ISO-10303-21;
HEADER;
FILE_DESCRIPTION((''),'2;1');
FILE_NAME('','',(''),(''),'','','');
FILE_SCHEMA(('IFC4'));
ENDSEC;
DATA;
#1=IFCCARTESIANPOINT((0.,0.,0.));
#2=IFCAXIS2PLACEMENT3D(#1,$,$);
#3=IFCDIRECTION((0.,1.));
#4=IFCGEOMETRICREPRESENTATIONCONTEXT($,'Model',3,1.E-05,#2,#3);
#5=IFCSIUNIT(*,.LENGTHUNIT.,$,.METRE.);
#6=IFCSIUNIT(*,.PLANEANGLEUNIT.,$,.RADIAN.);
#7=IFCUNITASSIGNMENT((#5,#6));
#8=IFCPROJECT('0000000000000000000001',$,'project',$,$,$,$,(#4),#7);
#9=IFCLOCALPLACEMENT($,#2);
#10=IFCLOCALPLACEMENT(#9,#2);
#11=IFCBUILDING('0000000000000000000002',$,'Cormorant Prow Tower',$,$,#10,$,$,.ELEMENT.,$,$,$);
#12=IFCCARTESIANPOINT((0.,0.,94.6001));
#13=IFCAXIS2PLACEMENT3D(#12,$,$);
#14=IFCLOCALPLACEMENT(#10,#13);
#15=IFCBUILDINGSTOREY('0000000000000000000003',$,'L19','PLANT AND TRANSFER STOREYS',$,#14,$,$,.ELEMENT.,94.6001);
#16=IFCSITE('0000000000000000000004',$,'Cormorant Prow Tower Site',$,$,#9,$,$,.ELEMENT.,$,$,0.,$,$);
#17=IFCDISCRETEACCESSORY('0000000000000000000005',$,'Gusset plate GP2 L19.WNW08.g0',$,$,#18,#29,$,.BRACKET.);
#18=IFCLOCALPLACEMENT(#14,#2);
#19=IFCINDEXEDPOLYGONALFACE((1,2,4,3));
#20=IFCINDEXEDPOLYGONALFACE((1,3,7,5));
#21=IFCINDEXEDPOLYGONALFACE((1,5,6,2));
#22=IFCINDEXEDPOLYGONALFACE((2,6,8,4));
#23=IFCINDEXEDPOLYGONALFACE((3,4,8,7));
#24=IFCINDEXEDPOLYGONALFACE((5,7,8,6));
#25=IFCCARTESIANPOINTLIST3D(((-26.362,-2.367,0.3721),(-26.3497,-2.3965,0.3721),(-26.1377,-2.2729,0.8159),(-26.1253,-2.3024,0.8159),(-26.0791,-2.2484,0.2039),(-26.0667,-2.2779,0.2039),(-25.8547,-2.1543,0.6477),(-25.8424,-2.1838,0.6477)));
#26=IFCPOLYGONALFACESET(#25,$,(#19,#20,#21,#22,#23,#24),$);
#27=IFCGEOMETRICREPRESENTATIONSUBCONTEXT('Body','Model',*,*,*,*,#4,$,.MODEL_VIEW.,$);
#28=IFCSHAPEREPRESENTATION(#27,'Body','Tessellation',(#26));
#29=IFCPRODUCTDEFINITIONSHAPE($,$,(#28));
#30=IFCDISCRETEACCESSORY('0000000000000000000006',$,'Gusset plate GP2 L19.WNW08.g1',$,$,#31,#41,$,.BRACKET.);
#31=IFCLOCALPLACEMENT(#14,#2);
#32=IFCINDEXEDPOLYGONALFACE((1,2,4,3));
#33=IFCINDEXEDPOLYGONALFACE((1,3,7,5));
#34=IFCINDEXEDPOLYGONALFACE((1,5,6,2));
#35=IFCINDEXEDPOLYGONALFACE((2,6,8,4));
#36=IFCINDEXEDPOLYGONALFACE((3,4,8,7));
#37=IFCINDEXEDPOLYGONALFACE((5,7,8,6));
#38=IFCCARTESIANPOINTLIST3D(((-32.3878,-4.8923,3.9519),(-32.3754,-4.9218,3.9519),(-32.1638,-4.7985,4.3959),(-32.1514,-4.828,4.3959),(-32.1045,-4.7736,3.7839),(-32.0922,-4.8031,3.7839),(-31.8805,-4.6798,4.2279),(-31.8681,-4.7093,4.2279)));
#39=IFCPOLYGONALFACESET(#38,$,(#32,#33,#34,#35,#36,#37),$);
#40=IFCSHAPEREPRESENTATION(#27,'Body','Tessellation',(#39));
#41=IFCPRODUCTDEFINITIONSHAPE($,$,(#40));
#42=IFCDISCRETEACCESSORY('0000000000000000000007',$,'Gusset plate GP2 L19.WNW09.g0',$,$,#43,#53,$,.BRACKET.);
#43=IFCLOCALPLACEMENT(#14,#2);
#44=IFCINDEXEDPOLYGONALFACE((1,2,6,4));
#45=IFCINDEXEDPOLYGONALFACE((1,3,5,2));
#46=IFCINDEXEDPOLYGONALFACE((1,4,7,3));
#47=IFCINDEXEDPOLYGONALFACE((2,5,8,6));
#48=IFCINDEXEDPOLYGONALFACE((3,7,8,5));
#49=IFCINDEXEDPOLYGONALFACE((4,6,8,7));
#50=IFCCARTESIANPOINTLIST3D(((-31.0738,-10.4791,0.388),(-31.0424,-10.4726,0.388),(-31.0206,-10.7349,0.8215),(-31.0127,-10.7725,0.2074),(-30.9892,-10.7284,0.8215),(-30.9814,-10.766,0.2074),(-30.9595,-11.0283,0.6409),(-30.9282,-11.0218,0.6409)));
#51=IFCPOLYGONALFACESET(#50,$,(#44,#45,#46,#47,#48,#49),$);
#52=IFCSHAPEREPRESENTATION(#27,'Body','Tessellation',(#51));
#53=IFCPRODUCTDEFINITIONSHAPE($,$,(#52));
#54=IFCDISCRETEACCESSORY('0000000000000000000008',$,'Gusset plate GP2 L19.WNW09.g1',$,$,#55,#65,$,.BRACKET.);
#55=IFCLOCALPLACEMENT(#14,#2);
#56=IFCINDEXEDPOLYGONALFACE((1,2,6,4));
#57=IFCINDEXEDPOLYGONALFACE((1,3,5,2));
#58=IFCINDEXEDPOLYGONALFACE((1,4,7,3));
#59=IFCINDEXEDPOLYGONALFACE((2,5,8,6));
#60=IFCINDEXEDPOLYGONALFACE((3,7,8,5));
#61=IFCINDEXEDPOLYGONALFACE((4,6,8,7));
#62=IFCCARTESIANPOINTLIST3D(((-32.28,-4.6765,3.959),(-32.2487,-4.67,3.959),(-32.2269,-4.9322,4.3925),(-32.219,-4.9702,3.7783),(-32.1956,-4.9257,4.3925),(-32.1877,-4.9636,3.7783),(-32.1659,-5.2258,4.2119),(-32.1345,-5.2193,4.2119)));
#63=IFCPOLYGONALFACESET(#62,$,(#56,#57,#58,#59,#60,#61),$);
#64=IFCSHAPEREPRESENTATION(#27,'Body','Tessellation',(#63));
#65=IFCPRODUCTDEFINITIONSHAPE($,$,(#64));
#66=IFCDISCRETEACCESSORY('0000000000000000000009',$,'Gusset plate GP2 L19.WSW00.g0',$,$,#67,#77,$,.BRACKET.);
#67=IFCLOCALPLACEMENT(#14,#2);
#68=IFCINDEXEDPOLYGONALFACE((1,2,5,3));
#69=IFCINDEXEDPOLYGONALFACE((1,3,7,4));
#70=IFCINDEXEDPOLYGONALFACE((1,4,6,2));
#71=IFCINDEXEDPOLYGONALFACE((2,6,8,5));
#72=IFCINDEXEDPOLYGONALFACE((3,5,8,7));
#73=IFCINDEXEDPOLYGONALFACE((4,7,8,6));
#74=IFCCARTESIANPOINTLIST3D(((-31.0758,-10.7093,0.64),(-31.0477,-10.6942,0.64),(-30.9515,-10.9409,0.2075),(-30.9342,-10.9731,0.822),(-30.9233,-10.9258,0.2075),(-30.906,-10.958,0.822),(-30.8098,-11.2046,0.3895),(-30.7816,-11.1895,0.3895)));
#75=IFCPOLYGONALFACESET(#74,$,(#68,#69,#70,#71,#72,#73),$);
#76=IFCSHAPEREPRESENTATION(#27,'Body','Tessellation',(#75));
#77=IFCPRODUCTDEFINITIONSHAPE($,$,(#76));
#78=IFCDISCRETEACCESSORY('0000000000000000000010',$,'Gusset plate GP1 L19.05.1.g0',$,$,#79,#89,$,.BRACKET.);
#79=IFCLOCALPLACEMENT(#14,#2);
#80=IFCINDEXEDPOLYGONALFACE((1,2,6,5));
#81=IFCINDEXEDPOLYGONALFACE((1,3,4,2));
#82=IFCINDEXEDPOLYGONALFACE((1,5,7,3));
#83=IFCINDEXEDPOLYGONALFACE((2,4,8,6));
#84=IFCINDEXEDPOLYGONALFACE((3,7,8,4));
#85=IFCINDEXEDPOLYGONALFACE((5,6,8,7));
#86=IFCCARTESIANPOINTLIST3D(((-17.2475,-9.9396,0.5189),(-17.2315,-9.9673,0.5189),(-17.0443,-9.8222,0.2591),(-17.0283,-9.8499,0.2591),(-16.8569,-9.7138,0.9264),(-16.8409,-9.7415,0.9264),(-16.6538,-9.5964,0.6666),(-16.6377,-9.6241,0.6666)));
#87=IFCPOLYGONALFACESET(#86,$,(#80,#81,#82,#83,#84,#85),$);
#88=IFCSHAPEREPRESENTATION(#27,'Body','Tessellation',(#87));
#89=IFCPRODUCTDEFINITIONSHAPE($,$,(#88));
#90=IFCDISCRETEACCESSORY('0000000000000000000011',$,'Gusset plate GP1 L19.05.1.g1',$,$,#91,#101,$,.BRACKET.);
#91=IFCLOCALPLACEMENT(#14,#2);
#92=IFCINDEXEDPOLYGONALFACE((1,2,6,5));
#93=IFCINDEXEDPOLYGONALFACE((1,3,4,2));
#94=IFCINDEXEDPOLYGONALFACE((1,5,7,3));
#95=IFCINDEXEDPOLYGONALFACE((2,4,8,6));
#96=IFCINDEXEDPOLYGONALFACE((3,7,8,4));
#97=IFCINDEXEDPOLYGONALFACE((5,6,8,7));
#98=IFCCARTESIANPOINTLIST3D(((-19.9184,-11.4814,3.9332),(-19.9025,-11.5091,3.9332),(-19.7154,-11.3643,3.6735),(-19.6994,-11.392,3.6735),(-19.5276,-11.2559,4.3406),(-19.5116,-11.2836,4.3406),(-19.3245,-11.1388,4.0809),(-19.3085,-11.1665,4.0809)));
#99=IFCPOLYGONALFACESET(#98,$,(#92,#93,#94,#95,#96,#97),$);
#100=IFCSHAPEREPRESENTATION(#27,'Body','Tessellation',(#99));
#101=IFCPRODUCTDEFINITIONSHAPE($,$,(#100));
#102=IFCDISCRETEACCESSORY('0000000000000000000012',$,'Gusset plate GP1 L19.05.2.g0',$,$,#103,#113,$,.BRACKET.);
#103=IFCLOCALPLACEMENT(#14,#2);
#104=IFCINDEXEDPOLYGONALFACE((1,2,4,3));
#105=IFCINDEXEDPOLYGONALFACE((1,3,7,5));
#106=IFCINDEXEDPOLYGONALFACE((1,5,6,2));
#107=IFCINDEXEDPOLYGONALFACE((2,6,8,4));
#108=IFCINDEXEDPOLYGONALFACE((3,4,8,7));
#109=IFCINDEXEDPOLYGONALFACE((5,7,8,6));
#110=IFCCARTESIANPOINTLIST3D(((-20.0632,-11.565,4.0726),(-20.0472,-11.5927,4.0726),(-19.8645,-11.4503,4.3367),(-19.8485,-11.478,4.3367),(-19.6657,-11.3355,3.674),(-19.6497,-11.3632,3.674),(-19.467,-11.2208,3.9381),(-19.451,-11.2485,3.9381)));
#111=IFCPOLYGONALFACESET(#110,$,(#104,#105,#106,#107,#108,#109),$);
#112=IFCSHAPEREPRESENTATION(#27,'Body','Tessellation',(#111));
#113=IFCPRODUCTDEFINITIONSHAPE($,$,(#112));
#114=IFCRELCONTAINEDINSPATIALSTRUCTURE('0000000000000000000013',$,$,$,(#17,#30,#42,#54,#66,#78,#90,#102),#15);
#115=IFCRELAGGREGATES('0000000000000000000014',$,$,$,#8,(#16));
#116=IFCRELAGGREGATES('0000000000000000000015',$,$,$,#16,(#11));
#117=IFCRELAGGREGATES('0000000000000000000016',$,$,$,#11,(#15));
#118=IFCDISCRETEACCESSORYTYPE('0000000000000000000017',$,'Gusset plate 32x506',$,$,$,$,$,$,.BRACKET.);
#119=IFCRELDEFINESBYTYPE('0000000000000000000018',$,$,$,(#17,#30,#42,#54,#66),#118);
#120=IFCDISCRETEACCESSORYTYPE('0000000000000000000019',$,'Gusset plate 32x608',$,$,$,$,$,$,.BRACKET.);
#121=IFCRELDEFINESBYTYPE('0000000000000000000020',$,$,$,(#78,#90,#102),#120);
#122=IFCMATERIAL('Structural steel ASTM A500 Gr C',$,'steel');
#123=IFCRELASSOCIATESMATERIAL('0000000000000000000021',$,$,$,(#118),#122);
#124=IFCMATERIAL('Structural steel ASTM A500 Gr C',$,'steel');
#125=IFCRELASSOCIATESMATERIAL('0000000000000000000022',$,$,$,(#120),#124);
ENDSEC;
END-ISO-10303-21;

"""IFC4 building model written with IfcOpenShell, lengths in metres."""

from ifc_helpers import new_model, si_unit, direction, frame, origin, origin_2d, place, context, subcontext, project, spatial, rectangle, extrude, material, material_profile, profile_set, type_object, element, save


model = new_model("IFC4")

# Units and contexts
model_context = context("Model", 3, precision=1e-05, world=origin(), true_north=direction((0.0, 1.0)))
body_context = subcontext(model_context, "Body", "Model", "MODEL_VIEW")
ifc_project = project(units=[si_unit("LENGTHUNIT", "METRE"), si_unit("PLANEANGLEUNIT", "RADIAN")], contexts=[model_context])

# Site, building, storey
site_placement = place(None, origin())
site = spatial("IfcSite", under=ifc_project, at=site_placement, Name="Cormorant Prow Tower Site", CompositionType="ELEMENT", RefElevation=0.0)
building_placement = place(site_placement, origin())
building = spatial("IfcBuilding", under=site, at=building_placement, Name="Cormorant Prow Tower", CompositionType="ELEMENT")
storey_placement = place(building_placement, frame((0.0, 0.0, 94.6001)))
storey = spatial("IfcBuildingStorey", under=building, at=storey_placement, Name="L19", Description="PLANT AND TRANSFER STOREYS", CompositionType="ELEMENT", Elevation=94.6001)

# Discrete accessories
ifc_material_1 = material(Name="Structural steel ASTM A500 Gr C", Category="steel")
ifc_material_profile_1 = material_profile(ifc_material_1, rectangle(XDim=0.032, YDim=0.5061, at=origin_2d()), Name="Gusset plate 32x506")
ifc_profile_set_1 = profile_set([ifc_material_profile_1], Name="Structural steel ASTM A500 Gr C")
discrete_accessory_type_1 = type_object("IfcDiscreteAccessoryType", Name="Gusset plate 32x506", PredefinedType="BRACKET", material=ifc_profile_set_1)
discrete_accessory_1_placement = place(storey_placement, frame((-26.2437, -2.3347, 0.594), z_axis=(0.808653, 0.33909, -0.480727), x_axis=(-0.386705, 0.922204, 0.0)))
element("IfcDiscreteAccessory", 1, at=discrete_accessory_1_placement, inside=storey, type_object=discrete_accessory_type_1, Name="Gusset plate GP2 L19.WNW08.g0", PredefinedType="BRACKET", context=body_context, shape_type="SweptSolid", body=[
    extrude(rectangle(XDim=0.032, YDim=0.5061, at=origin_2d()), origin(), (0.0, 0.0, 1.0), 0.3499),
])
discrete_accessory_2_placement = place(storey_placement, frame((-31.9863, -4.7415, 4.0059), z_axis=(-0.809165, -0.339012, 0.479919), x_axis=(0.386421, -0.922322, 0.0)))
element("IfcDiscreteAccessory", 2, at=discrete_accessory_2_placement, inside=storey, type_object=discrete_accessory_type_1, Name="Gusset plate GP2 L19.WNW08.g1", PredefinedType="BRACKET", context=body_context, shape_type="SweptSolid", body=[
    extrude(rectangle(XDim=0.032, YDim=0.5061, at=origin_2d()), origin(), (0.0, 0.0, 1.0), 0.3501),
])
discrete_accessory_3_placement = place(storey_placement, frame((-31.0315, -10.6038, 0.6047), z_axis=(0.174399, -0.838511, -0.516221), x_axis=(0.979048, 0.203629, 0.0)))
element("IfcDiscreteAccessory", 3, at=discrete_accessory_3_placement, inside=storey, type_object=discrete_accessory_type_1, Name="Gusset plate GP2 L19.WNW09.g0", PredefinedType="BRACKET", context=body_context, shape_type="SweptSolid", body=[
    extrude(rectangle(XDim=0.032, YDim=0.5061, at=origin_2d()), origin(), (0.0, 0.0, 1.0), 0.3499),
])
discrete_accessory_4_placement = place(storey_placement, frame((-32.1768, -5.0947, 3.9951), z_axis=(-0.174297, 0.838718, 0.51592), x_axis=(-0.979082, -0.203467, 0.0)))
element("IfcDiscreteAccessory", 4, at=discrete_accessory_4_placement, inside=storey, type_object=discrete_accessory_type_1, Name="Gusset plate GP2 L19.WNW09.g1", PredefinedType="BRACKET", context=body_context, shape_type="SweptSolid", body=[
    extrude(rectangle(XDim=0.032, YDim=0.5061, at=origin_2d()), origin(), (0.0, 0.0, 1.0), 0.3501),
])
discrete_accessory_5_placement = place(storey_placement, frame((-30.8579, -11.0813, 0.6057), z_axis=(-0.404319, 0.752869, -0.51934), x_axis=(-0.880994, -0.473127, 0.0)))
element("IfcDiscreteAccessory", 5, at=discrete_accessory_5_placement, inside=storey, type_object=discrete_accessory_type_1, Name="Gusset plate GP2 L19.WSW00.g0", PredefinedType="BRACKET", context=body_context, shape_type="SweptSolid", body=[
    extrude(rectangle(XDim=0.032, YDim=0.5061, at=origin_2d()), origin(), (0.0, 0.0, 1.0), 0.3503),
])
ifc_material_2 = material(Name="Structural steel ASTM A500 Gr C", Category="steel")
ifc_material_profile_2 = material_profile(ifc_material_2, rectangle(XDim=0.032, YDim=0.6079, at=origin_2d()), Name="Gusset plate 32x608")
ifc_profile_set_2 = profile_set([ifc_material_profile_2], Name="Structural steel ASTM A500 Gr C")
discrete_accessory_type_2 = type_object("IfcDiscreteAccessoryType", Name="Gusset plate 32x608", PredefinedType="BRACKET", material=ifc_profile_set_2)
discrete_accessory_6_placement = place(storey_placement, frame((-17.0442, -9.8406, 0.7227), z_axis=(0.580291, 0.33548, -0.742102), x_axis=(-0.500503, 0.865735, 0.0)))
element("IfcDiscreteAccessory", 6, at=discrete_accessory_6_placement, inside=storey, type_object=discrete_accessory_type_2, Name="Gusset plate GP1 L19.05.1.g0", PredefinedType="BRACKET", context=body_context, shape_type="SweptSolid", body=[
    extrude(rectangle(XDim=0.032, YDim=0.6079, at=origin_2d()), origin(), (0.0, 0.0, 1.0), 0.3501),
])
for number, where, z_axis, x_axis, name in (
    (7, (-19.512, -11.2654, 3.8772), (-0.580426, -0.334861, 0.742276), (0.499722, -0.866186, 0.0), "Gusset plate GP1 L19.05.1.g1"),
    (8, (-19.8564, -11.4641, 3.8733), (0.567938, 0.327925, 0.754925), (-0.500029, 0.866008, 0.0), "Gusset plate GP1 L19.05.2.g0"),
):
    element("IfcDiscreteAccessory", number, at=place(storey_placement, frame(where, z_axis=z_axis, x_axis=x_axis)), inside=storey, type_object=discrete_accessory_type_2, Name=name, PredefinedType="BRACKET", context=body_context, shape_type="SweptSolid", body=[
        extrude(rectangle(XDim=0.032, YDim=0.6079, at=origin_2d()), origin(), (0.0, 0.0, 1.0), 0.3499),
    ])

save(model, "model.ifc")
